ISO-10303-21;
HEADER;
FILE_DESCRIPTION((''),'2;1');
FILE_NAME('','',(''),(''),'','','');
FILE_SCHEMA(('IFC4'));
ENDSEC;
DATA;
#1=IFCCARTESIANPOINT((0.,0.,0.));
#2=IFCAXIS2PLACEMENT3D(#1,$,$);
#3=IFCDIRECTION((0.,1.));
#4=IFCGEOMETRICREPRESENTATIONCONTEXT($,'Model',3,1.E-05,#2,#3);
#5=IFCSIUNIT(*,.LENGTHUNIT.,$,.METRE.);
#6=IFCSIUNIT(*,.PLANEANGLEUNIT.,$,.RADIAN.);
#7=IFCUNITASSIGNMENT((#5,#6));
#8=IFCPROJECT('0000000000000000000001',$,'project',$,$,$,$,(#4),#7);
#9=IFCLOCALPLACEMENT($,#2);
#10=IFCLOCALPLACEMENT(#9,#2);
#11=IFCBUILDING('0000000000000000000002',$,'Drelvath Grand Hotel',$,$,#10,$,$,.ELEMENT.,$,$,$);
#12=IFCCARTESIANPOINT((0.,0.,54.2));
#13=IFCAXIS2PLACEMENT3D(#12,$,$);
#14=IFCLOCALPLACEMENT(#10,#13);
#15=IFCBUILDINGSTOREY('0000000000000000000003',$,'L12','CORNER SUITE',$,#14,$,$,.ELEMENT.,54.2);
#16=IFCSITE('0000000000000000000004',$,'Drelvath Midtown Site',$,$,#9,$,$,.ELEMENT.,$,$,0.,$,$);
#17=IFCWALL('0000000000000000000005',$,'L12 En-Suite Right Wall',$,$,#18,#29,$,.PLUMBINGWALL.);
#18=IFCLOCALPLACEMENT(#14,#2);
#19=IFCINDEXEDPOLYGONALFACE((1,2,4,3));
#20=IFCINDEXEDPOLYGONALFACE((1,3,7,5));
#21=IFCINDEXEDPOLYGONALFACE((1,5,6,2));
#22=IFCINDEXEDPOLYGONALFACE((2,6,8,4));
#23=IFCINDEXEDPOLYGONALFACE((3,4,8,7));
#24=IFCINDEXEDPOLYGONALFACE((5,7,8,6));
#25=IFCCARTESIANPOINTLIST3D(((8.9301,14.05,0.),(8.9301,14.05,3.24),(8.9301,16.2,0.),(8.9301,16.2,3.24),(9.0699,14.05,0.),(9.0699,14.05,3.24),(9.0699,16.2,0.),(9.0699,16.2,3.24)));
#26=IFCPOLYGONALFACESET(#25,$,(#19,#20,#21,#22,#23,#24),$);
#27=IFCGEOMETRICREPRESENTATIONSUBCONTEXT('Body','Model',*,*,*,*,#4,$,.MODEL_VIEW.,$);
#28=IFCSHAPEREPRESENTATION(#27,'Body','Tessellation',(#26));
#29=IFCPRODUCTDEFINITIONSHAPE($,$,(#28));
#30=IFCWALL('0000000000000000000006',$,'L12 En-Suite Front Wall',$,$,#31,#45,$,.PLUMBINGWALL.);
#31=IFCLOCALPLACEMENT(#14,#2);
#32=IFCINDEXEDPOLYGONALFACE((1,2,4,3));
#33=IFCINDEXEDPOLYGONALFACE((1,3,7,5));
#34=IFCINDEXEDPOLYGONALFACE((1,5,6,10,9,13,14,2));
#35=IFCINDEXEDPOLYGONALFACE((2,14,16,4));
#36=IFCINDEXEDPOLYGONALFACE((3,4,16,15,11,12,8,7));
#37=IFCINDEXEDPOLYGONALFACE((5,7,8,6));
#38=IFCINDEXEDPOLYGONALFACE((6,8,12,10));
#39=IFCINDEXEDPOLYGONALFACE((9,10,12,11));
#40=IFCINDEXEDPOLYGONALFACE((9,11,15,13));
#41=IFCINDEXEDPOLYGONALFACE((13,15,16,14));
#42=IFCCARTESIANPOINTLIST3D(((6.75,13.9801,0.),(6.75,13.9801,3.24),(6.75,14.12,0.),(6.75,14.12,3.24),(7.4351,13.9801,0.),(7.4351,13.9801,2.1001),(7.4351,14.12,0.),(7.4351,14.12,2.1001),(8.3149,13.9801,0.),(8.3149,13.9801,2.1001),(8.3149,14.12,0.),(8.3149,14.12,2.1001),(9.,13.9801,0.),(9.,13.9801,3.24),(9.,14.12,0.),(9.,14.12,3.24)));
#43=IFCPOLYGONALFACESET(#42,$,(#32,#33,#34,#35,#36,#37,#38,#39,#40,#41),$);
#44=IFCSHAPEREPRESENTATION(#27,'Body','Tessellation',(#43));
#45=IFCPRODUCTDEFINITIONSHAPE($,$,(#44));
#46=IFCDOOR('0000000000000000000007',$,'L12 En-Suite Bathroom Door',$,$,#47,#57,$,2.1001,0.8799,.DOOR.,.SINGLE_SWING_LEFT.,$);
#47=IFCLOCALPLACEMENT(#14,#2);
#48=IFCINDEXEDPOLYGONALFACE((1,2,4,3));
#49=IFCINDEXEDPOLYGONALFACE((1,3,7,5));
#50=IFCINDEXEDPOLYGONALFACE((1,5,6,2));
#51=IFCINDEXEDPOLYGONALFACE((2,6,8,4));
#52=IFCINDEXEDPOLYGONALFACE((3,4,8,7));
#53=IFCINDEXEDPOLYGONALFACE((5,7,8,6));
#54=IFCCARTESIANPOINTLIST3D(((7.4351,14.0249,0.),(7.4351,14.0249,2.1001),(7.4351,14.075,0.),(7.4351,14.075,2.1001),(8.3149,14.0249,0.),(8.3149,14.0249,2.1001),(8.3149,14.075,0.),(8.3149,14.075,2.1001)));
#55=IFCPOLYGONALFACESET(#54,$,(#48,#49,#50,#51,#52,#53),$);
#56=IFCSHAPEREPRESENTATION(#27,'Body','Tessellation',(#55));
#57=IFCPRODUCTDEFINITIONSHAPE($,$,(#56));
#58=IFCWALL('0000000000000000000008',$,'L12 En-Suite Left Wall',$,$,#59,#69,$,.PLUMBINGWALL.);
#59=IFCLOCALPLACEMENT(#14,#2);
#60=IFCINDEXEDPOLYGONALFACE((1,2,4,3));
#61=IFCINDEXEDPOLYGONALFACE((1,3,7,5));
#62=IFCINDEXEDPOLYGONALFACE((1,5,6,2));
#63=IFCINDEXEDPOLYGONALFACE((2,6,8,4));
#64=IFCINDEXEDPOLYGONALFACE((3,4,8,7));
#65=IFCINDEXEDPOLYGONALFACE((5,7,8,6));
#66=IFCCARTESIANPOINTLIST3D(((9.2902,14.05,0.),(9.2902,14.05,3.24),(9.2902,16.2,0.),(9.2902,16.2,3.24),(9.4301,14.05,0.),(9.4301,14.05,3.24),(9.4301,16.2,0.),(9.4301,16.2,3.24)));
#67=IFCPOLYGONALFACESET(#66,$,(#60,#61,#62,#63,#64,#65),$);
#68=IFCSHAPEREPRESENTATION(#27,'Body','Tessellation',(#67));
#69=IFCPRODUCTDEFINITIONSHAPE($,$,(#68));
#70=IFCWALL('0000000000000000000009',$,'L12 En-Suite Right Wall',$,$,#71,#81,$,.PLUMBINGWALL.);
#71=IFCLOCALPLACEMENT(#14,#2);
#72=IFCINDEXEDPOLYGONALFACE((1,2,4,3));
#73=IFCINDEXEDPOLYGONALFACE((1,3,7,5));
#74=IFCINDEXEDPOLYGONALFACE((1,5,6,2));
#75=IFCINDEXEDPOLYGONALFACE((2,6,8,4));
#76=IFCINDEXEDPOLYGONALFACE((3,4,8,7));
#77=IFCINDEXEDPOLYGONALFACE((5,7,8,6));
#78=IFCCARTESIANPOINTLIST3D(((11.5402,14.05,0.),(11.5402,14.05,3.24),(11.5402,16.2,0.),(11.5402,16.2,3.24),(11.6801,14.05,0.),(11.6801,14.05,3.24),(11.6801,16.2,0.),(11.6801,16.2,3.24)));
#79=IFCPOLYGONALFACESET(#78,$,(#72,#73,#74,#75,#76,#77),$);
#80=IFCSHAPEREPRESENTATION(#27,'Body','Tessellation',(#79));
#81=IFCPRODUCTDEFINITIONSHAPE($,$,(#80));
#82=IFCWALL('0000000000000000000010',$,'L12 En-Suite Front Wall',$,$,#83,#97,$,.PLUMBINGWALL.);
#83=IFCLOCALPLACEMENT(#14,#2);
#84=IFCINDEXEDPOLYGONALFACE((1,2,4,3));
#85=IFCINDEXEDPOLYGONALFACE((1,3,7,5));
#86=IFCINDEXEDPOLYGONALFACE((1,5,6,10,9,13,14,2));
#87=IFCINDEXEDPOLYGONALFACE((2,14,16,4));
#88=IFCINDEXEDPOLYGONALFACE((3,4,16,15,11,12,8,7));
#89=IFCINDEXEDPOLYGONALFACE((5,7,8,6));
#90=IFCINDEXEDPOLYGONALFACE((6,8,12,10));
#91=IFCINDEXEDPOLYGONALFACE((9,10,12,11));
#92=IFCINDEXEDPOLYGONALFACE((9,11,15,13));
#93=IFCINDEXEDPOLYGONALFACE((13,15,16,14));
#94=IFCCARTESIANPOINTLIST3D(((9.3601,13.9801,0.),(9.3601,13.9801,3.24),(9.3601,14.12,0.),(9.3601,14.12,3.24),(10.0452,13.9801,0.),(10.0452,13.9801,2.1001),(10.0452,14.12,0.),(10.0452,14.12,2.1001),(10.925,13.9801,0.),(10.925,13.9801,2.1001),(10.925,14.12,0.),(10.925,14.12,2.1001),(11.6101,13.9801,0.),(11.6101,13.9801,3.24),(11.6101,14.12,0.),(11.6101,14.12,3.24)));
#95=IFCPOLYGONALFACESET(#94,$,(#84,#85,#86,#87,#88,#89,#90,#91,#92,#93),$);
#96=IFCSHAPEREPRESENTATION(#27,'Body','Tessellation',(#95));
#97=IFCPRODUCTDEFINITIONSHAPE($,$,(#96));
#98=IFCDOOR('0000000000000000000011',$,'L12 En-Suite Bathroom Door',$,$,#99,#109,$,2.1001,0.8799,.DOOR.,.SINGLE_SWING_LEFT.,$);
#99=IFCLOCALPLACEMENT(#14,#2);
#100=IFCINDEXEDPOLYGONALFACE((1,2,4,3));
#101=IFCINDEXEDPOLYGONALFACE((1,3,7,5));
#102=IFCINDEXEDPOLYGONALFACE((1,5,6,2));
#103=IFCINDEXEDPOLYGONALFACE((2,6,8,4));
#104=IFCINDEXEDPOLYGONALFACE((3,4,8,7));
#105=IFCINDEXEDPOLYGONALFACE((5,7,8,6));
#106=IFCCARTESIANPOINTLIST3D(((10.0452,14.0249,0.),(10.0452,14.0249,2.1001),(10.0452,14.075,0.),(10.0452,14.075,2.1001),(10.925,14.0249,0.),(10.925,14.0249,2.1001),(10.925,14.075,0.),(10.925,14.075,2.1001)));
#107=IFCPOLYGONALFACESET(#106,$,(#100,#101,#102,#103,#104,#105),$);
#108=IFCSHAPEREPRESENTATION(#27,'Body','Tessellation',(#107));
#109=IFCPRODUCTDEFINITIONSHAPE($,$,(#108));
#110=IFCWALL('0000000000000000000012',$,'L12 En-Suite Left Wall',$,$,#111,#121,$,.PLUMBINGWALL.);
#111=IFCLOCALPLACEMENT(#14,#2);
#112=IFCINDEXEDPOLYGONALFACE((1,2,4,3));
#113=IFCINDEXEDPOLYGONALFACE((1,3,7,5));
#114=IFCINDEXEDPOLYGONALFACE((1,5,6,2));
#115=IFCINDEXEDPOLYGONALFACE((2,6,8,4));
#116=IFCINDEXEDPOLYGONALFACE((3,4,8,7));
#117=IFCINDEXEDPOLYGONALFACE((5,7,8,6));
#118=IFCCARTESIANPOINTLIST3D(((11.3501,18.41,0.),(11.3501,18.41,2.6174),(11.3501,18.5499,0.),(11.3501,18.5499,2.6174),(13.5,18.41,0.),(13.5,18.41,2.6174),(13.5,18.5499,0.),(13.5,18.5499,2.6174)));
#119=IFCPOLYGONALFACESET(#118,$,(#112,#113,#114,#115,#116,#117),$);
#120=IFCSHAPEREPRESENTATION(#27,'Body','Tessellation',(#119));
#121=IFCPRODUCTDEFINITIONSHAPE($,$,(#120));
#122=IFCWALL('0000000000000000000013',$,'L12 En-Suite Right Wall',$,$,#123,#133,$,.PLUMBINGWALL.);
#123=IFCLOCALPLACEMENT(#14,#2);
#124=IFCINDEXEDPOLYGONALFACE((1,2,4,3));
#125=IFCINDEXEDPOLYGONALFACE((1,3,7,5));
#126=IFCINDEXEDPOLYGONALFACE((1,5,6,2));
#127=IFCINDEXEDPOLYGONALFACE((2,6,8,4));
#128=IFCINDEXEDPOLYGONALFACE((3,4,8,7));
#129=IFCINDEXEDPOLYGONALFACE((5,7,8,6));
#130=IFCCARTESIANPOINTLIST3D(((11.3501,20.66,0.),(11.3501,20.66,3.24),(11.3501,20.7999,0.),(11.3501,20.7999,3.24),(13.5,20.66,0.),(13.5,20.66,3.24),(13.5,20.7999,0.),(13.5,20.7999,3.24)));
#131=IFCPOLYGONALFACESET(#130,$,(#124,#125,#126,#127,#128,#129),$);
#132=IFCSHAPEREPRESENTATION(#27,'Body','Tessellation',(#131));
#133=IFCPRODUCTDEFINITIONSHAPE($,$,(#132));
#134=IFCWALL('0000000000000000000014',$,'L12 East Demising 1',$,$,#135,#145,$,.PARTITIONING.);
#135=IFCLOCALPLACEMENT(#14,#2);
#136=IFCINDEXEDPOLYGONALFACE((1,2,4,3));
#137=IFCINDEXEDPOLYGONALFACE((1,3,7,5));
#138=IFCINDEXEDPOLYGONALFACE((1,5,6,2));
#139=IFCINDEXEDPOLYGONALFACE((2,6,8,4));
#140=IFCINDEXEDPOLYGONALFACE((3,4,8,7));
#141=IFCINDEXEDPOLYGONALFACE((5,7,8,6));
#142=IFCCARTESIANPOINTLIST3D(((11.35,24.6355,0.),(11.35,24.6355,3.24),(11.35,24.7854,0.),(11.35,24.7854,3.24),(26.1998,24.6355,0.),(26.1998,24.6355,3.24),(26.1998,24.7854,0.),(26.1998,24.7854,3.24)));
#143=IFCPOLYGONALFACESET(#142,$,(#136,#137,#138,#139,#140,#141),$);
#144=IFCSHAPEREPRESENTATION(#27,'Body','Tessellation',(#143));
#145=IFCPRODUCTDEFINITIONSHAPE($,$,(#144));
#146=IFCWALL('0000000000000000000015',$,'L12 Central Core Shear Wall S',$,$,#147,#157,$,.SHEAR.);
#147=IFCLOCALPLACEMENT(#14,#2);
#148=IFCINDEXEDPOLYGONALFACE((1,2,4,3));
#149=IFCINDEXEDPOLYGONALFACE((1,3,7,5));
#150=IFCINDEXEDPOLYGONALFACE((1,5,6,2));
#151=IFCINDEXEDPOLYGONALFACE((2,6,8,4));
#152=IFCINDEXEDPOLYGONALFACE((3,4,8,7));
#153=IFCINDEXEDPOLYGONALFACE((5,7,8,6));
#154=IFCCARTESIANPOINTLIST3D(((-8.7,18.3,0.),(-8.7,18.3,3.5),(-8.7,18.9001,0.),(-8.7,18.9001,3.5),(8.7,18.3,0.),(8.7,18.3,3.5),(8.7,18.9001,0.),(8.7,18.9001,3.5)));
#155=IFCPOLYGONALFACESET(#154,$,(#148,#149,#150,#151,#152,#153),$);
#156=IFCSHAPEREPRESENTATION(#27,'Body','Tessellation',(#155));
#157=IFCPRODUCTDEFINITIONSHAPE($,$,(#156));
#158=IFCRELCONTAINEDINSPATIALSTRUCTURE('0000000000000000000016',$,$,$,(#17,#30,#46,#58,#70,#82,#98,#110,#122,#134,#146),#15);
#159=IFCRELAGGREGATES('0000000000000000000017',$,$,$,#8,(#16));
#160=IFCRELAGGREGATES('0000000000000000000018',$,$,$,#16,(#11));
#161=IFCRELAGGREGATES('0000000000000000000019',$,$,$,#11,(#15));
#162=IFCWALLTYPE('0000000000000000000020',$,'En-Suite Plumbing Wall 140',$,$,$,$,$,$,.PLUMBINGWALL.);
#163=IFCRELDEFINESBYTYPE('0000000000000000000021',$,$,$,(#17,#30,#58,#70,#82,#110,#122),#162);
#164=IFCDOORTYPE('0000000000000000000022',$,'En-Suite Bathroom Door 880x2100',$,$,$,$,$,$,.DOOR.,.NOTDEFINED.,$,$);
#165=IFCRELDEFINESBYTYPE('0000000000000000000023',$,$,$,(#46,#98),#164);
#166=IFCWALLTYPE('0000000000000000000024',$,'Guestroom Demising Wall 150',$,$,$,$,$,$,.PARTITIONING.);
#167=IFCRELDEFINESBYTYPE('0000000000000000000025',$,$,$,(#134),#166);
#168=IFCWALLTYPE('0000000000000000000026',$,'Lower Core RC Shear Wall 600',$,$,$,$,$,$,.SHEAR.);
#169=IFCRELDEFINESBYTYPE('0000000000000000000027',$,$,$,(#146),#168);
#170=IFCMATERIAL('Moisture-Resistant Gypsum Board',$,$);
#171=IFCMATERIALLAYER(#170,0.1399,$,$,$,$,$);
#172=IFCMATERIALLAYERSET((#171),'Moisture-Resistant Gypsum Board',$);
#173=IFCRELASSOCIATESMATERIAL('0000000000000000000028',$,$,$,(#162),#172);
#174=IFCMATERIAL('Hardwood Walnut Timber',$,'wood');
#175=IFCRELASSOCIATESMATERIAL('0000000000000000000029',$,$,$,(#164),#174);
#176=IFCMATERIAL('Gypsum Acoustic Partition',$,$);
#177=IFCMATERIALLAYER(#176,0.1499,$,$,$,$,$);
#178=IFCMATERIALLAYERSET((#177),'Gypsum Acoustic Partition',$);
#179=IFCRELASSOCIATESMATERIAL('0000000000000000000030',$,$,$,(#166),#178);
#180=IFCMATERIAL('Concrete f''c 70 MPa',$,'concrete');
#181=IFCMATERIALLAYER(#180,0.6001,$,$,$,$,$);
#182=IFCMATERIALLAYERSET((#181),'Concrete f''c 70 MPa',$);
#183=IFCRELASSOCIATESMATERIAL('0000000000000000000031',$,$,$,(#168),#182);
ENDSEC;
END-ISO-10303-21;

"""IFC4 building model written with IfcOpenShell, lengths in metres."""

from ifc_helpers import new_model, si_unit, direction, frame, frame_2d, origin, place, context, subcontext, project, spatial, rectangle, extrude, material, layer, layer_set, type_object, element, fill, save


model = new_model("IFC4")

# Units and contexts
model_context = context("Model", 3, precision=1e-05, world=origin(), true_north=direction((0.0, 1.0)))
body_context = subcontext(model_context, "Body", "Model", "MODEL_VIEW")
ifc_project = project(units=[si_unit("LENGTHUNIT", "METRE"), si_unit("PLANEANGLEUNIT", "RADIAN")], contexts=[model_context])

# Site, building, storey
site_placement = place(None, origin())
site = spatial("IfcSite", under=ifc_project, at=site_placement, Name="Drelvath Midtown Site", CompositionType="ELEMENT", RefElevation=0.0)
building_placement = place(site_placement, origin())
building = spatial("IfcBuilding", under=site, at=building_placement, Name="Drelvath Grand Hotel", CompositionType="ELEMENT")
storey_placement = place(building_placement, frame((0.0, 0.0, 54.2)))
storey = spatial("IfcBuildingStorey", under=building, at=storey_placement, Name="L12", Description="CORNER SUITE", CompositionType="ELEMENT", Elevation=54.2)

# Shared definitions
ifc_material_1 = material(Name="Concrete f'c 70 MPa", Category="concrete")

# Shared definitions
ifc_material_2 = material(Name="Hardwood Walnut Timber", Category="wood")

# Wall
ifc_material_3 = material(Name="Moisture-Resistant Gypsum Board")
ifc_layer_1 = layer(ifc_material_3, 0.1399)
ifc_layer_set_1 = layer_set([ifc_layer_1], Name="Moisture-Resistant Gypsum Board")
wall_type_1 = type_object("IfcWallType", Name="En-Suite Plumbing Wall 140", PredefinedType="PLUMBINGWALL", material=ifc_layer_set_1)
for number, where, z_axis, x_axis, name in (
    (1, (9.0, 16.2, 0.0), (0.0, 0.0, 1.0), (0.0, -1.0, 0.0), "L12 En-Suite Right Wall"),
):
    element("IfcWall", number, at=place(storey_placement, frame(where, z_axis=z_axis, x_axis=x_axis)), inside=storey, type_object=wall_type_1, Name=name, PredefinedType="PLUMBINGWALL", context=body_context, shape_type="SweptSolid", body=[
        extrude(rectangle(XDim=2.1499, YDim=0.1399, at=frame_2d((1.075, 0.0))), origin(), (0.0, 0.0, 1.0), 3.24),
    ])

# Wall, opening, door
wall_1_placement = place(storey_placement, frame((6.75, 14.05, 0.0), z_axis=(0.0, 0.0, 1.0), x_axis=(1.0, 0.0, 0.0)))
wall_1 = element("IfcWall", 2, at=wall_1_placement, inside=storey, type_object=wall_type_1, Name="L12 En-Suite Front Wall", PredefinedType="PLUMBINGWALL", context=body_context, shape_type="SweptSolid", body=[
    extrude(rectangle(XDim=2.25, YDim=0.1399, at=frame_2d((1.125, 0.0))), origin(), (0.0, 0.0, 1.0), 3.24),
])
opening_1_placement = place(wall_1_placement, frame((0.6851, 0.0, 0.0)))
opening_1 = element("IfcOpeningElement", 3, at=opening_1_placement, cuts=wall_1, PredefinedType="OPENING", context=body_context, shape_type="SweptSolid", body=[
    extrude(rectangle(XDim=0.8799, YDim=2.1001, at=frame_2d((0.4399, 1.05))), frame((0.0, 0.0798, 0.0), z_axis=(0.0, -1.0, 0.0), x_axis=(1.0, 0.0, 0.0)), (0.0, 0.0, 1.0), 0.1599),
])
door_type_1 = type_object("IfcDoorType", Name="En-Suite Bathroom Door 880x2100", OperationType="NOTDEFINED", PredefinedType="DOOR", material=ifc_material_2)
door_1_placement = place(opening_1_placement, origin())
door_1 = element("IfcDoor", 4, at=door_1_placement, inside=storey, type_object=door_type_1, Name="L12 En-Suite Bathroom Door", OperationType="SINGLE_SWING_LEFT", OverallHeight=2.1001, OverallWidth=0.8799, PredefinedType="DOOR", context=body_context, shape_type="SweptSolid", body=[
    extrude(rectangle(XDim=0.8799, YDim=2.1001, at=frame_2d((0.4399, 1.05))), frame((0.0, 0.0249, 0.0), z_axis=(0.0, -1.0, 0.0), x_axis=(1.0, 0.0, 0.0)), (0.0, 0.0, 1.0), 0.05),
])
fill(opening_1, door_1)

# Walls
for number, where, z_axis, x_axis, name in (
    (5, (9.3601, 16.2, 0.0), (0.0, 0.0, 1.0), (0.0, -1.0, 0.0), "L12 En-Suite Left Wall"),
    (6, (11.6101, 16.2, 0.0), (0.0, 0.0, 1.0), (0.0, -1.0, 0.0), "L12 En-Suite Right Wall"),
):
    element("IfcWall", number, at=place(storey_placement, frame(where, z_axis=z_axis, x_axis=x_axis)), inside=storey, type_object=wall_type_1, Name=name, PredefinedType="PLUMBINGWALL", context=body_context, shape_type="SweptSolid", body=[
        extrude(rectangle(XDim=2.1499, YDim=0.1399, at=frame_2d((1.075, 0.0))), origin(), (0.0, 0.0, 1.0), 3.24),
    ])

# Wall, opening, door
wall_2_placement = place(storey_placement, frame((9.3601, 14.05, 0.0), z_axis=(0.0, 0.0, 1.0), x_axis=(1.0, 0.0, 0.0)))
wall_2 = element("IfcWall", 7, at=wall_2_placement, inside=storey, type_object=wall_type_1, Name="L12 En-Suite Front Wall", PredefinedType="PLUMBINGWALL", context=body_context, shape_type="SweptSolid", body=[
    extrude(rectangle(XDim=2.25, YDim=0.1399, at=frame_2d((1.125, 0.0))), origin(), (0.0, 0.0, 1.0), 3.24),
])
opening_2_placement = place(wall_2_placement, frame((0.6851, 0.0, 0.0)))
opening_2 = element("IfcOpeningElement", 8, at=opening_2_placement, cuts=wall_2, PredefinedType="OPENING", context=body_context, shape_type="SweptSolid", body=[
    extrude(rectangle(XDim=0.8799, YDim=2.1001, at=frame_2d((0.4399, 1.05))), frame((0.0, 0.0798, 0.0), z_axis=(0.0, -1.0, 0.0), x_axis=(1.0, 0.0, 0.0)), (0.0, 0.0, 1.0), 0.1599),
])
door_2_placement = place(opening_2_placement, origin())
door_2 = element("IfcDoor", 9, at=door_2_placement, inside=storey, type_object=door_type_1, Name="L12 En-Suite Bathroom Door", OperationType="SINGLE_SWING_LEFT", OverallHeight=2.1001, OverallWidth=0.8799, PredefinedType="DOOR", context=body_context, shape_type="SweptSolid", body=[
    extrude(rectangle(XDim=0.8799, YDim=2.1001, at=frame_2d((0.4399, 1.05))), frame((0.0, 0.0249, 0.0), z_axis=(0.0, -1.0, 0.0), x_axis=(1.0, 0.0, 0.0)), (0.0, 0.0, 1.0), 0.05),
])
fill(opening_2, door_2)

# Walls
wall_3_placement = place(storey_placement, frame((11.3501, 18.48, 0.0), z_axis=(0.0, 0.0, 1.0), x_axis=(1.0, 0.0, 0.0)))
element("IfcWall", 10, at=wall_3_placement, inside=storey, type_object=wall_type_1, Name="L12 En-Suite Left Wall", PredefinedType="PLUMBINGWALL", context=body_context, shape_type="SweptSolid", body=[
    extrude(rectangle(XDim=2.1499, YDim=0.1399, at=frame_2d((1.075, 0.0))), origin(), (0.0, 0.0, 1.0), 2.6174),
])
wall_4_placement = place(storey_placement, frame((11.3501, 20.73, 0.0), z_axis=(0.0, 0.0, 1.0), x_axis=(1.0, 0.0, 0.0)))
element("IfcWall", 11, at=wall_4_placement, inside=storey, type_object=wall_type_1, Name="L12 En-Suite Right Wall", PredefinedType="PLUMBINGWALL", context=body_context, shape_type="SweptSolid", body=[
    extrude(rectangle(XDim=2.1499, YDim=0.1399, at=frame_2d((1.075, 0.0))), origin(), (0.0, 0.0, 1.0), 3.24),
])
ifc_material_4 = material(Name="Gypsum Acoustic Partition")
ifc_layer_2 = layer(ifc_material_4, 0.1499)
ifc_layer_set_2 = layer_set([ifc_layer_2], Name="Gypsum Acoustic Partition")
wall_type_2 = type_object("IfcWallType", Name="Guestroom Demising Wall 150", PredefinedType="PARTITIONING", material=ifc_layer_set_2)
wall_5_placement = place(storey_placement, frame((11.3501, 24.7104, 0.0), z_axis=(0.0, 0.0, 1.0), x_axis=(1.0, 0.0, 0.0)))
element("IfcWall", 12, at=wall_5_placement, inside=storey, type_object=wall_type_2, Name="L12 East Demising 1", PredefinedType="PARTITIONING", context=body_context, shape_type="SweptSolid", body=[
    extrude(rectangle(XDim=14.8499, YDim=0.1499, at=frame_2d((7.4248, 0.0))), origin(), (0.0, 0.0, 1.0), 3.24),
])
ifc_layer_3 = layer(ifc_material_1, 0.6001)
ifc_layer_set_3 = layer_set([ifc_layer_3], Name="Concrete f'c 70 MPa")
wall_type_3 = type_object("IfcWallType", Name="Lower Core RC Shear Wall 600", PredefinedType="SHEAR", material=ifc_layer_set_3)
wall_6_placement = place(storey_placement, frame((8.7, 18.6001, 0.0), z_axis=(0.0, 0.0, 1.0), x_axis=(-1.0, 0.0, 0.0)))
element("IfcWall", 13, at=wall_6_placement, inside=storey, type_object=wall_type_3, Name="L12 Central Core Shear Wall S", PredefinedType="SHEAR", context=body_context, shape_type="SweptSolid", body=[
    extrude(rectangle(XDim=17.3999, YDim=0.6001, at=frame_2d((8.7, 0.0))), origin(), (0.0, 0.0, 1.0), 3.5),
])

save(model, "model.ifc")
